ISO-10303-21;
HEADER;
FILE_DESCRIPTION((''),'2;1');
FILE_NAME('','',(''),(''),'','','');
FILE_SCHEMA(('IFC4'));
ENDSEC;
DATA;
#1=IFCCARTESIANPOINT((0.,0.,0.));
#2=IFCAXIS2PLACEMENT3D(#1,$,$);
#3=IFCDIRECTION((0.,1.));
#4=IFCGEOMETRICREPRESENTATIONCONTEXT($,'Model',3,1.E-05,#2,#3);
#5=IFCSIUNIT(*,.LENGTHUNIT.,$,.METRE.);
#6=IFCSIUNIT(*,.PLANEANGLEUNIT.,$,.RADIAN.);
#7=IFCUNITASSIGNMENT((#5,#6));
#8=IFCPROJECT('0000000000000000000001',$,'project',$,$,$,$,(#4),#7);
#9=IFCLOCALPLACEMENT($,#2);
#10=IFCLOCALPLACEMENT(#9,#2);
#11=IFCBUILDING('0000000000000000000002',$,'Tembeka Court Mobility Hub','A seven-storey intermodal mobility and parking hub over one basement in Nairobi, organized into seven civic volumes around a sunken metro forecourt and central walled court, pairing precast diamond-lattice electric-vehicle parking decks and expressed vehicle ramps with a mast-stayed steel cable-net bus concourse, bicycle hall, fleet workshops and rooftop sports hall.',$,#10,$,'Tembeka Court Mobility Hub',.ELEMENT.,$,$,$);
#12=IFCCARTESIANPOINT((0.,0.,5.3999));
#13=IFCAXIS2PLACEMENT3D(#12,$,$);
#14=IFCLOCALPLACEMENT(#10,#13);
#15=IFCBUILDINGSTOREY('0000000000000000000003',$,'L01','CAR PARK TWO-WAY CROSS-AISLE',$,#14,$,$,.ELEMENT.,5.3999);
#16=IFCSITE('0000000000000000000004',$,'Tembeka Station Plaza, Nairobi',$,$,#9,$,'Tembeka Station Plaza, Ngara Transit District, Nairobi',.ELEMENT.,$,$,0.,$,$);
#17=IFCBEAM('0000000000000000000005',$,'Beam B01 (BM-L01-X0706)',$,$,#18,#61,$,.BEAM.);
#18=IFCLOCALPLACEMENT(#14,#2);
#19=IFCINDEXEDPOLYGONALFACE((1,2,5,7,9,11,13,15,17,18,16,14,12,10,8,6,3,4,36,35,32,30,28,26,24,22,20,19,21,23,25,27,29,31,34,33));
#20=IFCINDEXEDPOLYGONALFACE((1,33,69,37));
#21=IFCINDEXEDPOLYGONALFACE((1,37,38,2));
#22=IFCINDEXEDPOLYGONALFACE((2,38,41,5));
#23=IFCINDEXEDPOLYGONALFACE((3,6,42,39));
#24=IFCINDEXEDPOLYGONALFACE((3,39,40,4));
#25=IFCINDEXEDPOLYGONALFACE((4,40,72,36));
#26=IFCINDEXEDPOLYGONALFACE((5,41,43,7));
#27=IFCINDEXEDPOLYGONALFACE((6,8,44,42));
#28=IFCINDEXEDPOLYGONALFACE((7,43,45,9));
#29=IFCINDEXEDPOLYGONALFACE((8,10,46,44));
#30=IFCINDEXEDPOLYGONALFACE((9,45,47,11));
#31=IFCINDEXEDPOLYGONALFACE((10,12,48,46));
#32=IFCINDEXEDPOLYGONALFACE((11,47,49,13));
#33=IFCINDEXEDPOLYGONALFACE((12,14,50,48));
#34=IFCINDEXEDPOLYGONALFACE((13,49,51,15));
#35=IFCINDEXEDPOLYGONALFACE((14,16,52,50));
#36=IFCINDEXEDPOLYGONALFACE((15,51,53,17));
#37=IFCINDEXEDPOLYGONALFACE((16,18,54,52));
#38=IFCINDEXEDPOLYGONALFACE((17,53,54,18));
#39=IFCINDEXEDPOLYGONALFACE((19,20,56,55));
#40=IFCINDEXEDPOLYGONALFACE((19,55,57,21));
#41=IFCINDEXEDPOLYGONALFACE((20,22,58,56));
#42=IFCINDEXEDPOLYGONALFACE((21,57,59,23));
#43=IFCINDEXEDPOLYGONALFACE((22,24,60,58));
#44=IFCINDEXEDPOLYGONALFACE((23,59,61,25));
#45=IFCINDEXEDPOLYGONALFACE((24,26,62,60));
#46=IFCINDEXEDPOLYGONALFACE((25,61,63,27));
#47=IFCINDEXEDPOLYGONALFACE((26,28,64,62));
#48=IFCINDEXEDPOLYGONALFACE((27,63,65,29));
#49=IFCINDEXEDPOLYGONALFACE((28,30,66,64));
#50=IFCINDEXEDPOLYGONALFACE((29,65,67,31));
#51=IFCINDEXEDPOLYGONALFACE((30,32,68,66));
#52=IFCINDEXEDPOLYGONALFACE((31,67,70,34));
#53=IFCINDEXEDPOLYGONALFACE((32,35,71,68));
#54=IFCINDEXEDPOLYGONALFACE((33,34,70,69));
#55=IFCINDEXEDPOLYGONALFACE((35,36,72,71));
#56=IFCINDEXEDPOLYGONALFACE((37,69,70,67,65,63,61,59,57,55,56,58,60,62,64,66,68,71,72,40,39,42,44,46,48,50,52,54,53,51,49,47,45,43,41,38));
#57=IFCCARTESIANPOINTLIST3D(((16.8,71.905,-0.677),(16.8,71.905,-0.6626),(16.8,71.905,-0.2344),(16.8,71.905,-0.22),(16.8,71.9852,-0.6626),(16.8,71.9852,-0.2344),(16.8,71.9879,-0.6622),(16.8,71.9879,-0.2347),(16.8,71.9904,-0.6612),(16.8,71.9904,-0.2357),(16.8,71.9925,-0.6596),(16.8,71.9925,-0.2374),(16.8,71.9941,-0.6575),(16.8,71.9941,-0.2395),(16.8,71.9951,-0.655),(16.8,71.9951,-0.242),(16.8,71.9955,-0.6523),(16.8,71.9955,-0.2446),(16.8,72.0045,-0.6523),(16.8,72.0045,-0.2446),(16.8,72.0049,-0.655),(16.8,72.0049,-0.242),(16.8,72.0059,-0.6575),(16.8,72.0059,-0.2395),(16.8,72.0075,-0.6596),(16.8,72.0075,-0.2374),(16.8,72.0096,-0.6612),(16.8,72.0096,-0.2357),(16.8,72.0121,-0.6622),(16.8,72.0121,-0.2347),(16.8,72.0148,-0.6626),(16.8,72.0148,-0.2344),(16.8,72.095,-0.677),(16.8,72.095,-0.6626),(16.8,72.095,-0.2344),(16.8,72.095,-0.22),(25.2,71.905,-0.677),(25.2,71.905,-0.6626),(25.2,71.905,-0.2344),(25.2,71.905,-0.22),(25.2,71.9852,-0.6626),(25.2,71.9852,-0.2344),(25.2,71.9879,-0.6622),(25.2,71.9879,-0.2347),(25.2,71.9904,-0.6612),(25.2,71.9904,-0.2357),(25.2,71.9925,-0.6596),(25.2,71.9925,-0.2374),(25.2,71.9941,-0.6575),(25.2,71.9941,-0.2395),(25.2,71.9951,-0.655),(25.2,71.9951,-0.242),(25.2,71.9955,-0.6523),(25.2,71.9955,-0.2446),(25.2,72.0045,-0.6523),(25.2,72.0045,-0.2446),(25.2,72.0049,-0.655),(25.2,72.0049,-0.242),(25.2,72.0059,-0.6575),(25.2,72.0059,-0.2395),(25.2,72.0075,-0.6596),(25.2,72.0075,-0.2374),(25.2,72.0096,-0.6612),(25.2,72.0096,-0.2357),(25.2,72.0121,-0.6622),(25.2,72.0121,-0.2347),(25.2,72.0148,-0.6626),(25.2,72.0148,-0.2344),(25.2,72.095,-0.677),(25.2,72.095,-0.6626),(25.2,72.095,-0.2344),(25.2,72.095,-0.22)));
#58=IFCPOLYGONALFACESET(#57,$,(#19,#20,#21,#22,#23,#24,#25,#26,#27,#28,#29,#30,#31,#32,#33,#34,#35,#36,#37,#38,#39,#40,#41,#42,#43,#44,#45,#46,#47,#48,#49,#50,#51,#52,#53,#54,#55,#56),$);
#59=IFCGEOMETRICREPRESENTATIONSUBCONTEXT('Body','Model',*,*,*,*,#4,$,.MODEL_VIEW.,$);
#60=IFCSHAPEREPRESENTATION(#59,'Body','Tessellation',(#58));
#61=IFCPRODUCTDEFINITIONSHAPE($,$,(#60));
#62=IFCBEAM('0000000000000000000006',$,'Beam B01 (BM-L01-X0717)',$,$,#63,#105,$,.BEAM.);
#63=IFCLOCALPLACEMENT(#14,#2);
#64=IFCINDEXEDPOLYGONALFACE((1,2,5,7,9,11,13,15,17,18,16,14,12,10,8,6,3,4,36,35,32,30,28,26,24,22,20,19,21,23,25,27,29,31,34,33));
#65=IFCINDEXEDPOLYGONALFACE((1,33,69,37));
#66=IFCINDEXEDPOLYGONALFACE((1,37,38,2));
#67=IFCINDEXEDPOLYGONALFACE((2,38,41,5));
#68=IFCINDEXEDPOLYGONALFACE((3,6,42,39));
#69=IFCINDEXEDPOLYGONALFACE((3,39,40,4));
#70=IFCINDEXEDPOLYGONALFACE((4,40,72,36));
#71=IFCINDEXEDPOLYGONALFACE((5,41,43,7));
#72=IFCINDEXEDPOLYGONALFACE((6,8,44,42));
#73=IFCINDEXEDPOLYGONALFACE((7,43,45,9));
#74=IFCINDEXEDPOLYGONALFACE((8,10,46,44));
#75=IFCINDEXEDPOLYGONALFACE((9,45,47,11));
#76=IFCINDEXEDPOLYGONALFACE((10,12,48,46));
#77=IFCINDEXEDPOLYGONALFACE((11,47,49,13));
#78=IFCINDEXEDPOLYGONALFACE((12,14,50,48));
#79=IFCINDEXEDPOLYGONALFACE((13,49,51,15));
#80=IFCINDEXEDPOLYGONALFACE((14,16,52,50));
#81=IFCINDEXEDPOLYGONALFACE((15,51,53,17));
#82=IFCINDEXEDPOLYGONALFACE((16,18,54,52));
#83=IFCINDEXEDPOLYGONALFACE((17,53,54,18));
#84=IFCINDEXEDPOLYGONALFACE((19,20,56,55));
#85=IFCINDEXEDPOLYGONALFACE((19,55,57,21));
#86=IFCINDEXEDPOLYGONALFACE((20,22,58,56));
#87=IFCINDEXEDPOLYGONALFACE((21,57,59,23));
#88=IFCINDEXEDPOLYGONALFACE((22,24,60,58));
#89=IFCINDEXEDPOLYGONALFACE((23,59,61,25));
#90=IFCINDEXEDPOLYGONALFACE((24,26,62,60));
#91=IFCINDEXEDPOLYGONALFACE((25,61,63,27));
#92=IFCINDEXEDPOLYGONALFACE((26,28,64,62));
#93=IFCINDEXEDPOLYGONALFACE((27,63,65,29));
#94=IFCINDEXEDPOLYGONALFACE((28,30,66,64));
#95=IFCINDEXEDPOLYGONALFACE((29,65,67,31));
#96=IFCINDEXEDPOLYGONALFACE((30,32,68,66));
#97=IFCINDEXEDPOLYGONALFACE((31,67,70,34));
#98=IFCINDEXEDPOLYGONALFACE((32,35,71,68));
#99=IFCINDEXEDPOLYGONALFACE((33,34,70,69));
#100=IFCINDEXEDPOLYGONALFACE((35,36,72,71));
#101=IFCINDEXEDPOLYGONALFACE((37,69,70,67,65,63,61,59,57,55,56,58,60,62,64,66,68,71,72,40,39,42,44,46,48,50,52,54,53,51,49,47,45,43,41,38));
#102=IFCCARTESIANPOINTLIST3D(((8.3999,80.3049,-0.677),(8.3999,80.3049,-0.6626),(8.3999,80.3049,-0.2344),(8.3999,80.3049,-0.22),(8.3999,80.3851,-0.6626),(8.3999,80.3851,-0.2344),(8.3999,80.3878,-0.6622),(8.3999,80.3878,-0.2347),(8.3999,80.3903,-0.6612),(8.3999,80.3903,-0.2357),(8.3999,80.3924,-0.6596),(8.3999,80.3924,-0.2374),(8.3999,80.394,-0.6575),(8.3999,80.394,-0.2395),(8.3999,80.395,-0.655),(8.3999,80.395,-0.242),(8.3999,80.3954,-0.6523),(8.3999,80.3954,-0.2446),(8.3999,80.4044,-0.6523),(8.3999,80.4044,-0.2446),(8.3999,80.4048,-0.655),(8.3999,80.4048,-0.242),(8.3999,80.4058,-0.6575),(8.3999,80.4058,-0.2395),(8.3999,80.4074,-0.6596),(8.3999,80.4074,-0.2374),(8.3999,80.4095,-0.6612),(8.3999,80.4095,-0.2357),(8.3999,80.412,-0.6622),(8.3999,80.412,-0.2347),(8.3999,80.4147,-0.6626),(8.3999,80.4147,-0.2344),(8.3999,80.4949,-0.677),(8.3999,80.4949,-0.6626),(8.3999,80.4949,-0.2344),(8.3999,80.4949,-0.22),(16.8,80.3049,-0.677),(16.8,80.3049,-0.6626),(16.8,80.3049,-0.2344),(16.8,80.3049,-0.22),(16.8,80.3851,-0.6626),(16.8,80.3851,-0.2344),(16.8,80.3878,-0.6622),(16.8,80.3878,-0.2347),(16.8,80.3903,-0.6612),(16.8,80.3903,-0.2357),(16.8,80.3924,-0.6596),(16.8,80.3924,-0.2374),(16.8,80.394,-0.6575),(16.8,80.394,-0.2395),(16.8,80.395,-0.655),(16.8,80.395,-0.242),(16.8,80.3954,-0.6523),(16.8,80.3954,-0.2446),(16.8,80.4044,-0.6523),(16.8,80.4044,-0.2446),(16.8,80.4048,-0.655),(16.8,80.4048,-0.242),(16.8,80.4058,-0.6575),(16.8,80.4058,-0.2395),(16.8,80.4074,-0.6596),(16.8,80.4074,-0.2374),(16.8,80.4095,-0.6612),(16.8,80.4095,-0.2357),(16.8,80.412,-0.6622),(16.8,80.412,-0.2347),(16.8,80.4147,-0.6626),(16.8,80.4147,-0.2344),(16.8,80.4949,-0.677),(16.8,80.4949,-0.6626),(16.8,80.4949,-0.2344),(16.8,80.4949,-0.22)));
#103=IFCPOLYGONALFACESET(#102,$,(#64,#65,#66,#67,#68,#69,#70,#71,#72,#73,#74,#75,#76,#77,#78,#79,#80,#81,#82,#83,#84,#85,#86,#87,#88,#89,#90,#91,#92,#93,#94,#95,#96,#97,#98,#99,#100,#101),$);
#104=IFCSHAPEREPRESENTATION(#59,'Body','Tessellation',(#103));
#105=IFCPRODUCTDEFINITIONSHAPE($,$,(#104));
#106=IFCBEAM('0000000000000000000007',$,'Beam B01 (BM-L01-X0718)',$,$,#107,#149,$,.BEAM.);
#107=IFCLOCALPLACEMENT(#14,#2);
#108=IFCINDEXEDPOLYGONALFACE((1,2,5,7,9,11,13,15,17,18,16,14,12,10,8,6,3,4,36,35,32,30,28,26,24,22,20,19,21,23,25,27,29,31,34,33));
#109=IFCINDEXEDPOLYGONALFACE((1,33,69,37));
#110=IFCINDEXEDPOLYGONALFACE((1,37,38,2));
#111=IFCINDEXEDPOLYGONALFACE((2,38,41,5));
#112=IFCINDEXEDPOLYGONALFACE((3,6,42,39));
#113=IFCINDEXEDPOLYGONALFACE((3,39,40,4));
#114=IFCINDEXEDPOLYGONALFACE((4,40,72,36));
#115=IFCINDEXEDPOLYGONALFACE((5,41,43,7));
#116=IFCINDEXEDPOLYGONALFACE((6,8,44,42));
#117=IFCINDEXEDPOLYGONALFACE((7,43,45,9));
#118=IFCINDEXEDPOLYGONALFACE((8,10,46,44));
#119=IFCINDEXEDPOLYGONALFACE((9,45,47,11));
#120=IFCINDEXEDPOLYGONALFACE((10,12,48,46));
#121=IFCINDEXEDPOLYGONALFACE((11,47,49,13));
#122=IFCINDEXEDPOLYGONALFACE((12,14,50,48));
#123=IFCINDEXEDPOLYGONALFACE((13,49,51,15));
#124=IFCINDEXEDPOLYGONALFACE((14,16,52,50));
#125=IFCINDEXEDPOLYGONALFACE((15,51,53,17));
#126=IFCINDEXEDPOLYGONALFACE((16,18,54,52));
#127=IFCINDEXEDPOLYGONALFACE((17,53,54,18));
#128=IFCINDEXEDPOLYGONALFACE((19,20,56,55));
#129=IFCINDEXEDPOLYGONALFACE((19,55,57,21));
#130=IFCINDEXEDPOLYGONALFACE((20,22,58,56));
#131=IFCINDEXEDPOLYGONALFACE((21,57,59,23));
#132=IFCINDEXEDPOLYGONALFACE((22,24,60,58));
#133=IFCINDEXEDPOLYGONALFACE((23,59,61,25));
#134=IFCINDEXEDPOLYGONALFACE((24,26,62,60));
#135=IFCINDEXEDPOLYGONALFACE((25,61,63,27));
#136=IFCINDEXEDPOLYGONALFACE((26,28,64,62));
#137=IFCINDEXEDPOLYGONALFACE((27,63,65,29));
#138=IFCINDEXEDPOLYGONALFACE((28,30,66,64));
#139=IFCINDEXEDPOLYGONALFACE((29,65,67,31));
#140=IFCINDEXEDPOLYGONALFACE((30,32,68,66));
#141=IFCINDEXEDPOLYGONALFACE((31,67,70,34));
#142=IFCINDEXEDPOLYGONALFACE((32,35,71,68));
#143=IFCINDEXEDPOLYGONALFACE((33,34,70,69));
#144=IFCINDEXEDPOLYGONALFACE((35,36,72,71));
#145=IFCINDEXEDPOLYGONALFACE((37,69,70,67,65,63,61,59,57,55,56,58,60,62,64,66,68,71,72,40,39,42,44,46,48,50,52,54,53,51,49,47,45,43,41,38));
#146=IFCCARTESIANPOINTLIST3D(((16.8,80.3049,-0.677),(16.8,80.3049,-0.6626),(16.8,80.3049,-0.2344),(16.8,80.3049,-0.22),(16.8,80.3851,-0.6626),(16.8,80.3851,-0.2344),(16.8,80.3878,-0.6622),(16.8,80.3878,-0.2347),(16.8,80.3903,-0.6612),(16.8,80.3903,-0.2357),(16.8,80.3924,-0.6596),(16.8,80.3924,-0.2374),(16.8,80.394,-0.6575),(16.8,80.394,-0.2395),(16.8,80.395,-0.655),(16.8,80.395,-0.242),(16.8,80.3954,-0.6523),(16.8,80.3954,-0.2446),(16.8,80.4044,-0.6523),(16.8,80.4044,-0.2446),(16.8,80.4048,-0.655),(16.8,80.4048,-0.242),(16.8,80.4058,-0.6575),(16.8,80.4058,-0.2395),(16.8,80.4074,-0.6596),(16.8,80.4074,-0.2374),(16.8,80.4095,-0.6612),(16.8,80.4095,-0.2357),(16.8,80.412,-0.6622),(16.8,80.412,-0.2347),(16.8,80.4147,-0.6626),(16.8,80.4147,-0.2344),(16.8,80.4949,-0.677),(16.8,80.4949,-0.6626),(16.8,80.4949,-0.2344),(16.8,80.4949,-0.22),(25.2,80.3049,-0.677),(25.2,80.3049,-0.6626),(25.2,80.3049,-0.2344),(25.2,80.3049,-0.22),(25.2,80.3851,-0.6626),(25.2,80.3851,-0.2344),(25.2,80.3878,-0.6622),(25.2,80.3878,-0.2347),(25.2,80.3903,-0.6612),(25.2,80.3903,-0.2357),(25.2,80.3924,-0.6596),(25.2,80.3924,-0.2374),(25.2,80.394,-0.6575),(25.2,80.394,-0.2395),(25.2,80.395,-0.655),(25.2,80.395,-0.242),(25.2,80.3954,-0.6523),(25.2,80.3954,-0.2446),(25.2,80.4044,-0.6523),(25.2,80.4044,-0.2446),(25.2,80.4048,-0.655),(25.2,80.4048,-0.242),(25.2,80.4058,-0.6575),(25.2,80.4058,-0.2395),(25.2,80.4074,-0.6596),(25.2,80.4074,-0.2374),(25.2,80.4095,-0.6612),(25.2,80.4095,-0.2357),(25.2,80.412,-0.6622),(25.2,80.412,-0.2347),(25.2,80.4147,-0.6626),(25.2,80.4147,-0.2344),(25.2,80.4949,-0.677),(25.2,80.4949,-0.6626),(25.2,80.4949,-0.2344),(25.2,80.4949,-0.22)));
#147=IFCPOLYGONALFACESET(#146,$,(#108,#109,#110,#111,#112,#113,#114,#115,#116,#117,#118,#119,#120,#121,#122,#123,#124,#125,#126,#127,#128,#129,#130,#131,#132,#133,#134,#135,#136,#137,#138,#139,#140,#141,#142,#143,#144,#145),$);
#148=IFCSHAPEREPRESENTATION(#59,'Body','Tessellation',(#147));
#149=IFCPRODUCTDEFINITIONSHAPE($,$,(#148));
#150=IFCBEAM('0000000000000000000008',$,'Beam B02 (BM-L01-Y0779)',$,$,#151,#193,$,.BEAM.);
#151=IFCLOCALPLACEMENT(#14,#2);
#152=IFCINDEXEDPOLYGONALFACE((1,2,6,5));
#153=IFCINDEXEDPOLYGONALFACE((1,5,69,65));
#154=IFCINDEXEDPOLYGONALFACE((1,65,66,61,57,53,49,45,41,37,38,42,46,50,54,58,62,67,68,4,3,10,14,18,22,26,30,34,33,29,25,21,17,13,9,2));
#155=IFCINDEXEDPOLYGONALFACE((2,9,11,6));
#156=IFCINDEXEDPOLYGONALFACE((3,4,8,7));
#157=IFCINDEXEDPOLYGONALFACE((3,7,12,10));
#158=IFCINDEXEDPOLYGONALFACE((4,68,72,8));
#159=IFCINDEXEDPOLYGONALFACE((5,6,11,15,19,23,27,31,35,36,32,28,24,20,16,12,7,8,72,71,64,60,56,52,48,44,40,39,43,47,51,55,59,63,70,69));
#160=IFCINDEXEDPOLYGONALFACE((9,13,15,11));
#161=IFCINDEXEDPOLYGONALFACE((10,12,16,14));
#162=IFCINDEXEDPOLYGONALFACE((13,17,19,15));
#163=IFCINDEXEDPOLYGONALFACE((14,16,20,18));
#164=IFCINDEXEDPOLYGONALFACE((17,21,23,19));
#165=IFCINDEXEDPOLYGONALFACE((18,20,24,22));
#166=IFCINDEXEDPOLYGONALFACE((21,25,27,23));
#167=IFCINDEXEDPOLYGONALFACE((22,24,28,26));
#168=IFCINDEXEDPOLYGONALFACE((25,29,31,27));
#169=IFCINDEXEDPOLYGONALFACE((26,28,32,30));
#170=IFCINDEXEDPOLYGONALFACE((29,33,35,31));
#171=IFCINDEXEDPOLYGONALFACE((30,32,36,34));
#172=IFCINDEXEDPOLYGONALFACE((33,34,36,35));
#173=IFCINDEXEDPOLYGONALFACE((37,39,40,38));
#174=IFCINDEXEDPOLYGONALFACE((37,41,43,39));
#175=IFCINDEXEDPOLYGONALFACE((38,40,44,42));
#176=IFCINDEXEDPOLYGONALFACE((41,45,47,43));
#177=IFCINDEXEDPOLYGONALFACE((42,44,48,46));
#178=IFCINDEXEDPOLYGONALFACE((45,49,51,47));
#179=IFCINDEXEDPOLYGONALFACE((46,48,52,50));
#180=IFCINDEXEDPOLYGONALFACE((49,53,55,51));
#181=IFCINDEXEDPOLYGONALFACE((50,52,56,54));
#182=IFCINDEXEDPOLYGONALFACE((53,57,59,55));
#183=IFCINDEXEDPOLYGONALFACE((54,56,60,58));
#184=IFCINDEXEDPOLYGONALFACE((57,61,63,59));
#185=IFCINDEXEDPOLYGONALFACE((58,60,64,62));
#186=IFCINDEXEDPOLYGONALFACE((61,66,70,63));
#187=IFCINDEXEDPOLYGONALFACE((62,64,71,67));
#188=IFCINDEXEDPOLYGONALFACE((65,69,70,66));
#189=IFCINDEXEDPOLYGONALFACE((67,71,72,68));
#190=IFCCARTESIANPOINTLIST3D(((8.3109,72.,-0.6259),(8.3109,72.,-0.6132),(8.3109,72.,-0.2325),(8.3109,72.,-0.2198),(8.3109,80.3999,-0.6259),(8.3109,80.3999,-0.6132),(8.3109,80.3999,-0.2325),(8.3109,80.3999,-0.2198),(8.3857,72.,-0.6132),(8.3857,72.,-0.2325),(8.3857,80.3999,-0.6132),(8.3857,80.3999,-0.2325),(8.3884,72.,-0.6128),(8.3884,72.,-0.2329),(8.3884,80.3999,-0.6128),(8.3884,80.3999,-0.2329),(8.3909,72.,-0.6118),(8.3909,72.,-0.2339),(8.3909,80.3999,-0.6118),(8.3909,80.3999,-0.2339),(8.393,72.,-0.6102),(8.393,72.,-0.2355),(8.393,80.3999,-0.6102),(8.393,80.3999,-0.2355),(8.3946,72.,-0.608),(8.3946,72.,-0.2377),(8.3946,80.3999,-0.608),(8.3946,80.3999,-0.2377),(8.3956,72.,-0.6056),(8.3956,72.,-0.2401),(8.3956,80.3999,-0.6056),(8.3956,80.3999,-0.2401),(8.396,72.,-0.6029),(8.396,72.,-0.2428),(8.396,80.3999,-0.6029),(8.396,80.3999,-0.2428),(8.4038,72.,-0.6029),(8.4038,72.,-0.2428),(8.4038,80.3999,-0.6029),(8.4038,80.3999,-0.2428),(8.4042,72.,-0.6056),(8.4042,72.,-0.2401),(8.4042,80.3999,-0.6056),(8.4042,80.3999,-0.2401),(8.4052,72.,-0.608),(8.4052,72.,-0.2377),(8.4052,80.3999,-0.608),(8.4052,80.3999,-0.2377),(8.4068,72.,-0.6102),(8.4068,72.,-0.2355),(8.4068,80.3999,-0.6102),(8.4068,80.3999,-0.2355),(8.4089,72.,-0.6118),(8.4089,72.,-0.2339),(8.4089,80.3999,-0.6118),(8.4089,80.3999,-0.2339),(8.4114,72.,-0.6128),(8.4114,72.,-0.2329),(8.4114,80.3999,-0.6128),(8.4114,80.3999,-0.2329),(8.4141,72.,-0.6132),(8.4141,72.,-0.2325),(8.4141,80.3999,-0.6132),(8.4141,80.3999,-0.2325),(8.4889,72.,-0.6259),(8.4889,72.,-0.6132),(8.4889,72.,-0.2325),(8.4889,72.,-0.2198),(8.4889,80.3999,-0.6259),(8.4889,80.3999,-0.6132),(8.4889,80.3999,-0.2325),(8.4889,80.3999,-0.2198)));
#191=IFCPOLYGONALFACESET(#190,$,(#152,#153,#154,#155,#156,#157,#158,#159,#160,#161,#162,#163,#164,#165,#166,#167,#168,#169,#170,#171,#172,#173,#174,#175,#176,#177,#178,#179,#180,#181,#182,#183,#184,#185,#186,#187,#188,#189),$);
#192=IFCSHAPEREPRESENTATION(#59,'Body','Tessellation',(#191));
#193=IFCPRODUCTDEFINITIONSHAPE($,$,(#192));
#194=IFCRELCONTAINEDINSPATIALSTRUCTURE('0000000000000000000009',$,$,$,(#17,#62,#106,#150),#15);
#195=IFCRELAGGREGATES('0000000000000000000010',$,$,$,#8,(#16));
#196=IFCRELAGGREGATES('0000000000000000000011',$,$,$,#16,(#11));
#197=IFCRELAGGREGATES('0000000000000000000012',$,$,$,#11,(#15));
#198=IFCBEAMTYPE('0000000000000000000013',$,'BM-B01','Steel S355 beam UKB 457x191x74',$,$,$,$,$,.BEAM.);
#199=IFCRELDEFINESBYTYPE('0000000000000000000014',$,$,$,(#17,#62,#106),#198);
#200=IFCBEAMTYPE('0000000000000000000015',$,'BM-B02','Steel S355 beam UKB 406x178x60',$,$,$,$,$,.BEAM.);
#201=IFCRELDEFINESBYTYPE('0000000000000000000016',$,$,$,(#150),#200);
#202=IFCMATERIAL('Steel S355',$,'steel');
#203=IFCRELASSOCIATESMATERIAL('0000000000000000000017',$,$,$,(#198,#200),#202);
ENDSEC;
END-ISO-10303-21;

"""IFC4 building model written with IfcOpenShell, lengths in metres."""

from ifc_helpers import new_model, si_unit, direction, frame, origin, origin_2d, place, context, subcontext, project, spatial, i_section, extrude, material, material_profile, profile_set, type_object, element, save


model = new_model("IFC4")

# Units and contexts
model_context = context("Model", 3, precision=1e-05, world=origin(), true_north=direction((0.0, 1.0)))
body_context = subcontext(model_context, "Body", "Model", "MODEL_VIEW")
ifc_project = project(units=[si_unit("LENGTHUNIT", "METRE"), si_unit("PLANEANGLEUNIT", "RADIAN")], contexts=[model_context])

# Site, building, storey
site_placement = place(None, origin())
site = spatial("IfcSite", under=ifc_project, at=site_placement, Name="Tembeka Station Plaza, Nairobi", LongName="Tembeka Station Plaza, Ngara Transit District, Nairobi", CompositionType="ELEMENT", RefElevation=0.0)
building_placement = place(site_placement, origin())
building = spatial("IfcBuilding", under=site, at=building_placement, Name="Tembeka Court Mobility Hub", Description="A seven-storey intermodal mobility and parking hub over one basement in Nairobi, organized into seven civic volumes around a sunken metro forecourt and central walled court, pairing precast diamond-lattice electric-vehicle parking decks and expressed vehicle ramps with a mast-stayed steel cable-net bus concourse, bicycle hall, fleet workshops and rooftop sports hall.", LongName="Tembeka Court Mobility Hub", CompositionType="ELEMENT")
storey_placement = place(building_placement, frame((0.0, 0.0, 5.3999)))
storey = spatial("IfcBuildingStorey", under=building, at=storey_placement, Name="L01", Description="CAR PARK TWO-WAY CROSS-AISLE", CompositionType="ELEMENT", Elevation=5.3999)

# Shared definitions
ifc_material_1 = material(Name="Steel S355", Category="steel")

# Beams
ifc_material_profile_1 = material_profile(ifc_material_1, i_section(OverallWidth=0.1899, OverallDepth=0.457, WebThickness=0.009, FlangeThickness=0.0144, FilletRadius=0.0103, at=origin_2d()), Name="UKB 457x191x74")
ifc_profile_set_1 = profile_set([ifc_material_profile_1], Name="Steel S355")
beam_type_1 = type_object("IfcBeamType", Name="BM-B01", Description="Steel S355 beam UKB 457x191x74", PredefinedType="BEAM", material=ifc_profile_set_1)
beam_1_placement = place(storey_placement, frame((16.8, 72.0, -0.4485), z_axis=(1.0, 0.0, 0.0), x_axis=(0.0, 1.0, 0.0)))
element("IfcBeam", 1, at=beam_1_placement, inside=storey, type_object=beam_type_1, Name="Beam B01 (BM-L01-X0706)", PredefinedType="BEAM", context=body_context, shape_type="SweptSolid", body=[
    extrude(i_section(OverallWidth=0.1899, OverallDepth=0.457, WebThickness=0.009, FlangeThickness=0.0144, FilletRadius=0.0103, at=origin_2d()), origin(), (0.0, 0.0, 1.0), 8.3999),
])
beam_2_placement = place(storey_placement, frame((8.3999, 80.3999, -0.4485), z_axis=(1.0, 0.0, 0.0), x_axis=(0.0, 1.0, 0.0)))
element("IfcBeam", 2, at=beam_2_placement, inside=storey, type_object=beam_type_1, Name="Beam B01 (BM-L01-X0717)", PredefinedType="BEAM", context=body_context, shape_type="SweptSolid", body=[
    extrude(i_section(OverallWidth=0.1899, OverallDepth=0.457, WebThickness=0.009, FlangeThickness=0.0144, FilletRadius=0.0103, at=origin_2d()), origin(), (0.0, 0.0, 1.0), 8.4001),
])
beam_3_placement = place(storey_placement, frame((16.8, 80.3999, -0.4485), z_axis=(1.0, 0.0, 0.0), x_axis=(0.0, 1.0, 0.0)))
element("IfcBeam", 3, at=beam_3_placement, inside=storey, type_object=beam_type_1, Name="Beam B01 (BM-L01-X0718)", PredefinedType="BEAM", context=body_context, shape_type="SweptSolid", body=[
    extrude(i_section(OverallWidth=0.1899, OverallDepth=0.457, WebThickness=0.009, FlangeThickness=0.0144, FilletRadius=0.0103, at=origin_2d()), origin(), (0.0, 0.0, 1.0), 8.3999),
])
ifc_material_profile_2 = material_profile(ifc_material_1, i_section(OverallWidth=0.178, OverallDepth=0.406, WebThickness=0.0078, FlangeThickness=0.0127, FilletRadius=0.0103, at=origin_2d()), Name="UKB 406x178x60")
ifc_profile_set_2 = profile_set([ifc_material_profile_2], Name="Steel S355")
beam_type_2 = type_object("IfcBeamType", Name="BM-B02", Description="Steel S355 beam UKB 406x178x60", PredefinedType="BEAM", material=ifc_profile_set_2)
for number, where, z_axis, x_axis, name in (
    (4, (8.3999, 72.0, -0.4229), (0.0, 1.0, 0.0), (-1.0, 0.0, 0.0), "Beam B02 (BM-L01-Y0779)"),
):
    element("IfcBeam", number, at=place(storey_placement, frame(where, z_axis=z_axis, x_axis=x_axis)), inside=storey, type_object=beam_type_2, Name=name, PredefinedType="BEAM", context=body_context, shape_type="SweptSolid", body=[
        extrude(i_section(OverallWidth=0.178, OverallDepth=0.406, WebThickness=0.0078, FlangeThickness=0.0127, FilletRadius=0.0103, at=origin_2d()), origin(), (0.0, 0.0, 1.0), 8.3999),
    ])

save(model, "model.ifc")
